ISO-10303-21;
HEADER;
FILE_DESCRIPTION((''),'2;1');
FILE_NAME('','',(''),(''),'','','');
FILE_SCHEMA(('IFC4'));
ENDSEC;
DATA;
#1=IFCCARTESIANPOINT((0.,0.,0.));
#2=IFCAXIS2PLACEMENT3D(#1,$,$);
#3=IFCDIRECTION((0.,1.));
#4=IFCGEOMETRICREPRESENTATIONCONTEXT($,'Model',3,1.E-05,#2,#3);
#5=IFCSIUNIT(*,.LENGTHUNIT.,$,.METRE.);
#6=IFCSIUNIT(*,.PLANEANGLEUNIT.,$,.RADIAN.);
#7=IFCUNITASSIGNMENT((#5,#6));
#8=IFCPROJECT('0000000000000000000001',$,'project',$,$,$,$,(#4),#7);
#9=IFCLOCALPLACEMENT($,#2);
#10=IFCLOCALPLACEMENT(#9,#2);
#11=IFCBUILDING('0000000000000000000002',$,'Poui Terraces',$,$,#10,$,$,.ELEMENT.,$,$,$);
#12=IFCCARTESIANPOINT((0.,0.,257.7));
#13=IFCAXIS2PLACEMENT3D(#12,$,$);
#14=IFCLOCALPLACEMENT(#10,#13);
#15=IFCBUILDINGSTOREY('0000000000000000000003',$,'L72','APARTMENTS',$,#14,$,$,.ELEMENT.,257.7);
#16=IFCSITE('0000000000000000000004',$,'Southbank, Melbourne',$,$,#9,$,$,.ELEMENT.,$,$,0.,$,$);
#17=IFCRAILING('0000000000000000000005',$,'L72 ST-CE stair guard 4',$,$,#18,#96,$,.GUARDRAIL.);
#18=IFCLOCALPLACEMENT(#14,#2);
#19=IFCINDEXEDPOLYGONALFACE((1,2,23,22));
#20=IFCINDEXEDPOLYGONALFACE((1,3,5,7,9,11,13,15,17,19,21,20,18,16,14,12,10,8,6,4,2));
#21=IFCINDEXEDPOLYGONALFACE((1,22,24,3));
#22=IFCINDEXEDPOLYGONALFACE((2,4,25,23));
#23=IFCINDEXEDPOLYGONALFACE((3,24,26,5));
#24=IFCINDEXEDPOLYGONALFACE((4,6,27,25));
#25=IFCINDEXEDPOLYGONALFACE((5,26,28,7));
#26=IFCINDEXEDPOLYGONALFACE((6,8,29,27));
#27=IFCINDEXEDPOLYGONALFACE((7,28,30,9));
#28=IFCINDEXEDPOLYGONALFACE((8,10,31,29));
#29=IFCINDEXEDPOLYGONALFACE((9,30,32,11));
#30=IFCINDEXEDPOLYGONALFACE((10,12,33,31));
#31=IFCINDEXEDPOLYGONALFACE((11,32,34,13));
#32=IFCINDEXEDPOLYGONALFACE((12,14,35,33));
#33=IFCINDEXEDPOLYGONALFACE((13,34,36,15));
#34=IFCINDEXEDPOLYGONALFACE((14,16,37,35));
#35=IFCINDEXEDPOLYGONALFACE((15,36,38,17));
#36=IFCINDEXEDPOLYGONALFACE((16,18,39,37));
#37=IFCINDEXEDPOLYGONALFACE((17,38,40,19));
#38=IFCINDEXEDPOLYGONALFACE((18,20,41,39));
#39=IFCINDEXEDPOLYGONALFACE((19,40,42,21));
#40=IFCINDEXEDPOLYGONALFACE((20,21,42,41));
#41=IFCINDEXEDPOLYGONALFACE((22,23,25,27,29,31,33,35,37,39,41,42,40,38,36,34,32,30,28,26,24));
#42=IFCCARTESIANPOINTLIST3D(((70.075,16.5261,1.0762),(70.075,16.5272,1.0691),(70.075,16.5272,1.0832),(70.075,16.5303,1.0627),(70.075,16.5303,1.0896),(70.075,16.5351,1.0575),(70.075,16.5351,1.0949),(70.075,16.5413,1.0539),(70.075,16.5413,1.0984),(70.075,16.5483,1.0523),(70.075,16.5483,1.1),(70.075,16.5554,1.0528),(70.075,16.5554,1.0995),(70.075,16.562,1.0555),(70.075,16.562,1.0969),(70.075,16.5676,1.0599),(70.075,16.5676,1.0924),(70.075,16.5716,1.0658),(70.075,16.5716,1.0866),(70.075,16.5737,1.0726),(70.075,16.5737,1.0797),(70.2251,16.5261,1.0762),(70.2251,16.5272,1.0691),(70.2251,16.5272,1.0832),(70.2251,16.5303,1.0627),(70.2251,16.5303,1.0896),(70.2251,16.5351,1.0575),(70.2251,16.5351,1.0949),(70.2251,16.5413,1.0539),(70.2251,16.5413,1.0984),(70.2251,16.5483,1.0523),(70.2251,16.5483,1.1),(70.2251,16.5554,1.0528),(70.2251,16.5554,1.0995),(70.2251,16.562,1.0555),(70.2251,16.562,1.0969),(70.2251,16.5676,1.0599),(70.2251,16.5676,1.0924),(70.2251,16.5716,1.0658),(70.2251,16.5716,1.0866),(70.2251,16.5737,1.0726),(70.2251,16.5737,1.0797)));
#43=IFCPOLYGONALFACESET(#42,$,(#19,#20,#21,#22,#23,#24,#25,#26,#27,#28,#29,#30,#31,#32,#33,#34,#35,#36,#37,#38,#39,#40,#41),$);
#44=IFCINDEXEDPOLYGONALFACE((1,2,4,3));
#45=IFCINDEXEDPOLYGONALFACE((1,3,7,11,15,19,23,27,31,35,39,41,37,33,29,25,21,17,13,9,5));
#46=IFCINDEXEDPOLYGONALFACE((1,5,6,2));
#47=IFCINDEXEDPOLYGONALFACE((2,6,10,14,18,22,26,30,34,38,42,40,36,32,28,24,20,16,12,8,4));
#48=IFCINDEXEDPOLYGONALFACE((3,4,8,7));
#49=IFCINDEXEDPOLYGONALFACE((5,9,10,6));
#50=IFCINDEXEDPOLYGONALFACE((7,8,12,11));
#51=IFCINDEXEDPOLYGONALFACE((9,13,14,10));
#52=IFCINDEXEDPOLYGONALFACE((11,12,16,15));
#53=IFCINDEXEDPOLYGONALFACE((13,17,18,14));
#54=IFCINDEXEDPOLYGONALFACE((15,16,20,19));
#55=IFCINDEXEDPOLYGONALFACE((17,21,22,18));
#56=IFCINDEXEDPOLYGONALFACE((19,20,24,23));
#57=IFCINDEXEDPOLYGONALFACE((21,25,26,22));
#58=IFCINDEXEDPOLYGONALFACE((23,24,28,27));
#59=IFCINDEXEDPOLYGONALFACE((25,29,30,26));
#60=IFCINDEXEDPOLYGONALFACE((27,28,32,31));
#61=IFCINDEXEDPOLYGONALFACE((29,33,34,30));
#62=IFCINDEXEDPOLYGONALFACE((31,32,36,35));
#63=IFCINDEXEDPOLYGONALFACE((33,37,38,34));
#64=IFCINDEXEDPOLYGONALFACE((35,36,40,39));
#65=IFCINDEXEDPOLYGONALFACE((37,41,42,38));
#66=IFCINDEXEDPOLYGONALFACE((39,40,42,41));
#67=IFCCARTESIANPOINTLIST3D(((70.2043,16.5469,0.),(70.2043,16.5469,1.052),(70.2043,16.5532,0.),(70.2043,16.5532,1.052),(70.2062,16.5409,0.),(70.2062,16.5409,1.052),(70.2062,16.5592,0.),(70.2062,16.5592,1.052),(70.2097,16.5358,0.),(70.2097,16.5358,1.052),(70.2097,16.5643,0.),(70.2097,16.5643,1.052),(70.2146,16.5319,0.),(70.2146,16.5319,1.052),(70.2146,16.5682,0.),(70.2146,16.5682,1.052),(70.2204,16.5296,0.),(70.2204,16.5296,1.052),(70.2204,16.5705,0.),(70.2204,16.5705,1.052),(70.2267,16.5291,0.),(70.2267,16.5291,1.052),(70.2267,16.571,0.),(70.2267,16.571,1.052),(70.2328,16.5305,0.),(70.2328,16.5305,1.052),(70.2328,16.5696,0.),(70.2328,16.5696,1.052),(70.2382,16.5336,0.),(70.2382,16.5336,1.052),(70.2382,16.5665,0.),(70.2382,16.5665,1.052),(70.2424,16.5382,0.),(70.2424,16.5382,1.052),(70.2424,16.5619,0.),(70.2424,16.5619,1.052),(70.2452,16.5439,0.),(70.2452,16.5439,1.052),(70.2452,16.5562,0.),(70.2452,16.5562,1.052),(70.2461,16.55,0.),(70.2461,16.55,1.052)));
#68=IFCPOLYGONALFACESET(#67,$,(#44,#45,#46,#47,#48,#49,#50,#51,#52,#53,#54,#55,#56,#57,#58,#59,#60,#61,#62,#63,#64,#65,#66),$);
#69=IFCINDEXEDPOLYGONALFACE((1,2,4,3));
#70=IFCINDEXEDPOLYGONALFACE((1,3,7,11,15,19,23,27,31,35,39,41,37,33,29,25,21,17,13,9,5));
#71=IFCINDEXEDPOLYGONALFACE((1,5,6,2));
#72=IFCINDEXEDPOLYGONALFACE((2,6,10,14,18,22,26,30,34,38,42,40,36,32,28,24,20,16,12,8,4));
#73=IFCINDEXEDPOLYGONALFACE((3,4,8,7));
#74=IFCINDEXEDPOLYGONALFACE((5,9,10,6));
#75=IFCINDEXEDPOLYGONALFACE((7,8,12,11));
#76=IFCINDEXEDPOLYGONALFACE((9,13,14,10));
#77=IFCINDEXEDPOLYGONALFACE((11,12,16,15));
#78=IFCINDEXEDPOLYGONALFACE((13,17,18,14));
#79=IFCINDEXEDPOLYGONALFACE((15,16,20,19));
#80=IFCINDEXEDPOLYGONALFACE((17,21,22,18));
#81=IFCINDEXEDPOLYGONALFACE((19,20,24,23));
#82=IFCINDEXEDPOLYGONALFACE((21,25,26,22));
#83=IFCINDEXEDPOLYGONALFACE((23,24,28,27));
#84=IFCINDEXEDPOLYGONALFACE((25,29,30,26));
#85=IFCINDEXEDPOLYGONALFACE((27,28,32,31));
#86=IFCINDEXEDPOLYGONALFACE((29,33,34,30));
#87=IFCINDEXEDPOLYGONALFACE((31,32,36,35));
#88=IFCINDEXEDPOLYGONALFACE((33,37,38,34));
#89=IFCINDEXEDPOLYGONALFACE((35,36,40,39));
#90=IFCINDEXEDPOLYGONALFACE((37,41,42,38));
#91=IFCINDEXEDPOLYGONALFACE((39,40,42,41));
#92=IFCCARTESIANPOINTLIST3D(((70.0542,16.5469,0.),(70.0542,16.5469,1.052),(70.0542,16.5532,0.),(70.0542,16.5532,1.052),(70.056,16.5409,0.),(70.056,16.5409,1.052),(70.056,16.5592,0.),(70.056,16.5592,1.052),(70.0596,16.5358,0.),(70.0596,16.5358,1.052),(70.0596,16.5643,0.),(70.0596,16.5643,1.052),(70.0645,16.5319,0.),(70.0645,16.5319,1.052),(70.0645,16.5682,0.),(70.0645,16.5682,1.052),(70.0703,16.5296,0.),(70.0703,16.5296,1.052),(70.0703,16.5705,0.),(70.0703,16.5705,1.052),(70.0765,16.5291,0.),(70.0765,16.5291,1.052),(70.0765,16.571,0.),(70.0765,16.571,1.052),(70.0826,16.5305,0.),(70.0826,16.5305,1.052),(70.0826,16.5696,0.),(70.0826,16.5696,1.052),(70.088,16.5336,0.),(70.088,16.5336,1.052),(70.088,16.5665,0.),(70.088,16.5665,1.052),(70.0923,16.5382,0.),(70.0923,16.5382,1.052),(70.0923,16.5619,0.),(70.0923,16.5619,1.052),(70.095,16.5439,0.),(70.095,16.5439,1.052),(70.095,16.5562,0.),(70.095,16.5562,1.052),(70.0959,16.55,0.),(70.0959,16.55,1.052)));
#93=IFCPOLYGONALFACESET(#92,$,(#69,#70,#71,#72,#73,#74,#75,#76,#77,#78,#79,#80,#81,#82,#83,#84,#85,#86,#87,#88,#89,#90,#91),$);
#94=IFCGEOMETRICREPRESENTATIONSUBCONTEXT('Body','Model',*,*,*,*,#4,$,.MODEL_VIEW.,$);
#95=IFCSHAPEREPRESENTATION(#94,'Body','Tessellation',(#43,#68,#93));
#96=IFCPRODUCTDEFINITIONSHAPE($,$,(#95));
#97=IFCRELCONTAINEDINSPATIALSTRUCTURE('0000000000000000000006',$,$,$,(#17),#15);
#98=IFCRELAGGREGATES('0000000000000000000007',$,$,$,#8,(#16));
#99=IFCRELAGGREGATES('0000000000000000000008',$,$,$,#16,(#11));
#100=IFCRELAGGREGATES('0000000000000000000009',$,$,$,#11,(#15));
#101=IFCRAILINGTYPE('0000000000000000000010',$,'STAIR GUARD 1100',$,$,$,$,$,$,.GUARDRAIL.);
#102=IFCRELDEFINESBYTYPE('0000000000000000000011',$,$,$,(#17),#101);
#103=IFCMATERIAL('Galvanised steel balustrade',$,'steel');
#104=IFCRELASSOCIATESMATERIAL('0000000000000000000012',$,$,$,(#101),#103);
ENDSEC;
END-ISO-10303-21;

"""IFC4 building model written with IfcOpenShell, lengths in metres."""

from ifc_helpers import new_model, si_unit, direction, frame, origin, origin_2d, place, context, subcontext, project, spatial, circle, extrude, material, type_object, element, save


model = new_model("IFC4")

# Units and contexts
model_context = context("Model", 3, precision=1e-05, world=origin(), true_north=direction((0.0, 1.0)))
body_context = subcontext(model_context, "Body", "Model", "MODEL_VIEW")
ifc_project = project(units=[si_unit("LENGTHUNIT", "METRE"), si_unit("PLANEANGLEUNIT", "RADIAN")], contexts=[model_context])

# Site, building, storey
site_placement = place(None, origin())
site = spatial("IfcSite", under=ifc_project, at=site_placement, Name="Southbank, Melbourne", CompositionType="ELEMENT", RefElevation=0.0)
building_placement = place(site_placement, origin())
building = spatial("IfcBuilding", under=site, at=building_placement, Name="Poui Terraces", CompositionType="ELEMENT")
storey_placement = place(building_placement, frame((0.0, 0.0, 257.7)))
storey = spatial("IfcBuildingStorey", under=building, at=storey_placement, Name="L72", Description="APARTMENTS", CompositionType="ELEMENT", Elevation=257.7)

# Railing
ifc_material_1 = material(Name="Galvanised steel balustrade", Category="steel")
railing_type_1 = type_object("IfcRailingType", Name="STAIR GUARD 1100", PredefinedType="GUARDRAIL", material=ifc_material_1)
railing_1_placement = place(storey_placement, frame((70.2251, 16.55, 0.0)))
element("IfcRailing", 1, at=railing_1_placement, inside=storey, type_object=railing_type_1, Name="L72 ST-CE stair guard 4", PredefinedType="GUARDRAIL", context=body_context, shape_type="SweptSolid", body=[
    extrude(circle(Radius=0.0239, at=origin_2d()), frame((0.0, 0.0, 1.0762), z_axis=(-1.0, 0.0, 0.0), x_axis=(0.0, -1.0, 0.0)), (0.0, 0.0, 1.0), 0.1501),
    extrude(circle(Radius=0.021, at=origin_2d()), origin(), (0.0, 0.0, 1.0), 1.052),
    extrude(circle(Radius=0.021, at=origin_2d()), frame((-0.1501, 0.0, 0.0)), (0.0, 0.0, 1.0), 1.052),
])

save(model, "model.ifc")
